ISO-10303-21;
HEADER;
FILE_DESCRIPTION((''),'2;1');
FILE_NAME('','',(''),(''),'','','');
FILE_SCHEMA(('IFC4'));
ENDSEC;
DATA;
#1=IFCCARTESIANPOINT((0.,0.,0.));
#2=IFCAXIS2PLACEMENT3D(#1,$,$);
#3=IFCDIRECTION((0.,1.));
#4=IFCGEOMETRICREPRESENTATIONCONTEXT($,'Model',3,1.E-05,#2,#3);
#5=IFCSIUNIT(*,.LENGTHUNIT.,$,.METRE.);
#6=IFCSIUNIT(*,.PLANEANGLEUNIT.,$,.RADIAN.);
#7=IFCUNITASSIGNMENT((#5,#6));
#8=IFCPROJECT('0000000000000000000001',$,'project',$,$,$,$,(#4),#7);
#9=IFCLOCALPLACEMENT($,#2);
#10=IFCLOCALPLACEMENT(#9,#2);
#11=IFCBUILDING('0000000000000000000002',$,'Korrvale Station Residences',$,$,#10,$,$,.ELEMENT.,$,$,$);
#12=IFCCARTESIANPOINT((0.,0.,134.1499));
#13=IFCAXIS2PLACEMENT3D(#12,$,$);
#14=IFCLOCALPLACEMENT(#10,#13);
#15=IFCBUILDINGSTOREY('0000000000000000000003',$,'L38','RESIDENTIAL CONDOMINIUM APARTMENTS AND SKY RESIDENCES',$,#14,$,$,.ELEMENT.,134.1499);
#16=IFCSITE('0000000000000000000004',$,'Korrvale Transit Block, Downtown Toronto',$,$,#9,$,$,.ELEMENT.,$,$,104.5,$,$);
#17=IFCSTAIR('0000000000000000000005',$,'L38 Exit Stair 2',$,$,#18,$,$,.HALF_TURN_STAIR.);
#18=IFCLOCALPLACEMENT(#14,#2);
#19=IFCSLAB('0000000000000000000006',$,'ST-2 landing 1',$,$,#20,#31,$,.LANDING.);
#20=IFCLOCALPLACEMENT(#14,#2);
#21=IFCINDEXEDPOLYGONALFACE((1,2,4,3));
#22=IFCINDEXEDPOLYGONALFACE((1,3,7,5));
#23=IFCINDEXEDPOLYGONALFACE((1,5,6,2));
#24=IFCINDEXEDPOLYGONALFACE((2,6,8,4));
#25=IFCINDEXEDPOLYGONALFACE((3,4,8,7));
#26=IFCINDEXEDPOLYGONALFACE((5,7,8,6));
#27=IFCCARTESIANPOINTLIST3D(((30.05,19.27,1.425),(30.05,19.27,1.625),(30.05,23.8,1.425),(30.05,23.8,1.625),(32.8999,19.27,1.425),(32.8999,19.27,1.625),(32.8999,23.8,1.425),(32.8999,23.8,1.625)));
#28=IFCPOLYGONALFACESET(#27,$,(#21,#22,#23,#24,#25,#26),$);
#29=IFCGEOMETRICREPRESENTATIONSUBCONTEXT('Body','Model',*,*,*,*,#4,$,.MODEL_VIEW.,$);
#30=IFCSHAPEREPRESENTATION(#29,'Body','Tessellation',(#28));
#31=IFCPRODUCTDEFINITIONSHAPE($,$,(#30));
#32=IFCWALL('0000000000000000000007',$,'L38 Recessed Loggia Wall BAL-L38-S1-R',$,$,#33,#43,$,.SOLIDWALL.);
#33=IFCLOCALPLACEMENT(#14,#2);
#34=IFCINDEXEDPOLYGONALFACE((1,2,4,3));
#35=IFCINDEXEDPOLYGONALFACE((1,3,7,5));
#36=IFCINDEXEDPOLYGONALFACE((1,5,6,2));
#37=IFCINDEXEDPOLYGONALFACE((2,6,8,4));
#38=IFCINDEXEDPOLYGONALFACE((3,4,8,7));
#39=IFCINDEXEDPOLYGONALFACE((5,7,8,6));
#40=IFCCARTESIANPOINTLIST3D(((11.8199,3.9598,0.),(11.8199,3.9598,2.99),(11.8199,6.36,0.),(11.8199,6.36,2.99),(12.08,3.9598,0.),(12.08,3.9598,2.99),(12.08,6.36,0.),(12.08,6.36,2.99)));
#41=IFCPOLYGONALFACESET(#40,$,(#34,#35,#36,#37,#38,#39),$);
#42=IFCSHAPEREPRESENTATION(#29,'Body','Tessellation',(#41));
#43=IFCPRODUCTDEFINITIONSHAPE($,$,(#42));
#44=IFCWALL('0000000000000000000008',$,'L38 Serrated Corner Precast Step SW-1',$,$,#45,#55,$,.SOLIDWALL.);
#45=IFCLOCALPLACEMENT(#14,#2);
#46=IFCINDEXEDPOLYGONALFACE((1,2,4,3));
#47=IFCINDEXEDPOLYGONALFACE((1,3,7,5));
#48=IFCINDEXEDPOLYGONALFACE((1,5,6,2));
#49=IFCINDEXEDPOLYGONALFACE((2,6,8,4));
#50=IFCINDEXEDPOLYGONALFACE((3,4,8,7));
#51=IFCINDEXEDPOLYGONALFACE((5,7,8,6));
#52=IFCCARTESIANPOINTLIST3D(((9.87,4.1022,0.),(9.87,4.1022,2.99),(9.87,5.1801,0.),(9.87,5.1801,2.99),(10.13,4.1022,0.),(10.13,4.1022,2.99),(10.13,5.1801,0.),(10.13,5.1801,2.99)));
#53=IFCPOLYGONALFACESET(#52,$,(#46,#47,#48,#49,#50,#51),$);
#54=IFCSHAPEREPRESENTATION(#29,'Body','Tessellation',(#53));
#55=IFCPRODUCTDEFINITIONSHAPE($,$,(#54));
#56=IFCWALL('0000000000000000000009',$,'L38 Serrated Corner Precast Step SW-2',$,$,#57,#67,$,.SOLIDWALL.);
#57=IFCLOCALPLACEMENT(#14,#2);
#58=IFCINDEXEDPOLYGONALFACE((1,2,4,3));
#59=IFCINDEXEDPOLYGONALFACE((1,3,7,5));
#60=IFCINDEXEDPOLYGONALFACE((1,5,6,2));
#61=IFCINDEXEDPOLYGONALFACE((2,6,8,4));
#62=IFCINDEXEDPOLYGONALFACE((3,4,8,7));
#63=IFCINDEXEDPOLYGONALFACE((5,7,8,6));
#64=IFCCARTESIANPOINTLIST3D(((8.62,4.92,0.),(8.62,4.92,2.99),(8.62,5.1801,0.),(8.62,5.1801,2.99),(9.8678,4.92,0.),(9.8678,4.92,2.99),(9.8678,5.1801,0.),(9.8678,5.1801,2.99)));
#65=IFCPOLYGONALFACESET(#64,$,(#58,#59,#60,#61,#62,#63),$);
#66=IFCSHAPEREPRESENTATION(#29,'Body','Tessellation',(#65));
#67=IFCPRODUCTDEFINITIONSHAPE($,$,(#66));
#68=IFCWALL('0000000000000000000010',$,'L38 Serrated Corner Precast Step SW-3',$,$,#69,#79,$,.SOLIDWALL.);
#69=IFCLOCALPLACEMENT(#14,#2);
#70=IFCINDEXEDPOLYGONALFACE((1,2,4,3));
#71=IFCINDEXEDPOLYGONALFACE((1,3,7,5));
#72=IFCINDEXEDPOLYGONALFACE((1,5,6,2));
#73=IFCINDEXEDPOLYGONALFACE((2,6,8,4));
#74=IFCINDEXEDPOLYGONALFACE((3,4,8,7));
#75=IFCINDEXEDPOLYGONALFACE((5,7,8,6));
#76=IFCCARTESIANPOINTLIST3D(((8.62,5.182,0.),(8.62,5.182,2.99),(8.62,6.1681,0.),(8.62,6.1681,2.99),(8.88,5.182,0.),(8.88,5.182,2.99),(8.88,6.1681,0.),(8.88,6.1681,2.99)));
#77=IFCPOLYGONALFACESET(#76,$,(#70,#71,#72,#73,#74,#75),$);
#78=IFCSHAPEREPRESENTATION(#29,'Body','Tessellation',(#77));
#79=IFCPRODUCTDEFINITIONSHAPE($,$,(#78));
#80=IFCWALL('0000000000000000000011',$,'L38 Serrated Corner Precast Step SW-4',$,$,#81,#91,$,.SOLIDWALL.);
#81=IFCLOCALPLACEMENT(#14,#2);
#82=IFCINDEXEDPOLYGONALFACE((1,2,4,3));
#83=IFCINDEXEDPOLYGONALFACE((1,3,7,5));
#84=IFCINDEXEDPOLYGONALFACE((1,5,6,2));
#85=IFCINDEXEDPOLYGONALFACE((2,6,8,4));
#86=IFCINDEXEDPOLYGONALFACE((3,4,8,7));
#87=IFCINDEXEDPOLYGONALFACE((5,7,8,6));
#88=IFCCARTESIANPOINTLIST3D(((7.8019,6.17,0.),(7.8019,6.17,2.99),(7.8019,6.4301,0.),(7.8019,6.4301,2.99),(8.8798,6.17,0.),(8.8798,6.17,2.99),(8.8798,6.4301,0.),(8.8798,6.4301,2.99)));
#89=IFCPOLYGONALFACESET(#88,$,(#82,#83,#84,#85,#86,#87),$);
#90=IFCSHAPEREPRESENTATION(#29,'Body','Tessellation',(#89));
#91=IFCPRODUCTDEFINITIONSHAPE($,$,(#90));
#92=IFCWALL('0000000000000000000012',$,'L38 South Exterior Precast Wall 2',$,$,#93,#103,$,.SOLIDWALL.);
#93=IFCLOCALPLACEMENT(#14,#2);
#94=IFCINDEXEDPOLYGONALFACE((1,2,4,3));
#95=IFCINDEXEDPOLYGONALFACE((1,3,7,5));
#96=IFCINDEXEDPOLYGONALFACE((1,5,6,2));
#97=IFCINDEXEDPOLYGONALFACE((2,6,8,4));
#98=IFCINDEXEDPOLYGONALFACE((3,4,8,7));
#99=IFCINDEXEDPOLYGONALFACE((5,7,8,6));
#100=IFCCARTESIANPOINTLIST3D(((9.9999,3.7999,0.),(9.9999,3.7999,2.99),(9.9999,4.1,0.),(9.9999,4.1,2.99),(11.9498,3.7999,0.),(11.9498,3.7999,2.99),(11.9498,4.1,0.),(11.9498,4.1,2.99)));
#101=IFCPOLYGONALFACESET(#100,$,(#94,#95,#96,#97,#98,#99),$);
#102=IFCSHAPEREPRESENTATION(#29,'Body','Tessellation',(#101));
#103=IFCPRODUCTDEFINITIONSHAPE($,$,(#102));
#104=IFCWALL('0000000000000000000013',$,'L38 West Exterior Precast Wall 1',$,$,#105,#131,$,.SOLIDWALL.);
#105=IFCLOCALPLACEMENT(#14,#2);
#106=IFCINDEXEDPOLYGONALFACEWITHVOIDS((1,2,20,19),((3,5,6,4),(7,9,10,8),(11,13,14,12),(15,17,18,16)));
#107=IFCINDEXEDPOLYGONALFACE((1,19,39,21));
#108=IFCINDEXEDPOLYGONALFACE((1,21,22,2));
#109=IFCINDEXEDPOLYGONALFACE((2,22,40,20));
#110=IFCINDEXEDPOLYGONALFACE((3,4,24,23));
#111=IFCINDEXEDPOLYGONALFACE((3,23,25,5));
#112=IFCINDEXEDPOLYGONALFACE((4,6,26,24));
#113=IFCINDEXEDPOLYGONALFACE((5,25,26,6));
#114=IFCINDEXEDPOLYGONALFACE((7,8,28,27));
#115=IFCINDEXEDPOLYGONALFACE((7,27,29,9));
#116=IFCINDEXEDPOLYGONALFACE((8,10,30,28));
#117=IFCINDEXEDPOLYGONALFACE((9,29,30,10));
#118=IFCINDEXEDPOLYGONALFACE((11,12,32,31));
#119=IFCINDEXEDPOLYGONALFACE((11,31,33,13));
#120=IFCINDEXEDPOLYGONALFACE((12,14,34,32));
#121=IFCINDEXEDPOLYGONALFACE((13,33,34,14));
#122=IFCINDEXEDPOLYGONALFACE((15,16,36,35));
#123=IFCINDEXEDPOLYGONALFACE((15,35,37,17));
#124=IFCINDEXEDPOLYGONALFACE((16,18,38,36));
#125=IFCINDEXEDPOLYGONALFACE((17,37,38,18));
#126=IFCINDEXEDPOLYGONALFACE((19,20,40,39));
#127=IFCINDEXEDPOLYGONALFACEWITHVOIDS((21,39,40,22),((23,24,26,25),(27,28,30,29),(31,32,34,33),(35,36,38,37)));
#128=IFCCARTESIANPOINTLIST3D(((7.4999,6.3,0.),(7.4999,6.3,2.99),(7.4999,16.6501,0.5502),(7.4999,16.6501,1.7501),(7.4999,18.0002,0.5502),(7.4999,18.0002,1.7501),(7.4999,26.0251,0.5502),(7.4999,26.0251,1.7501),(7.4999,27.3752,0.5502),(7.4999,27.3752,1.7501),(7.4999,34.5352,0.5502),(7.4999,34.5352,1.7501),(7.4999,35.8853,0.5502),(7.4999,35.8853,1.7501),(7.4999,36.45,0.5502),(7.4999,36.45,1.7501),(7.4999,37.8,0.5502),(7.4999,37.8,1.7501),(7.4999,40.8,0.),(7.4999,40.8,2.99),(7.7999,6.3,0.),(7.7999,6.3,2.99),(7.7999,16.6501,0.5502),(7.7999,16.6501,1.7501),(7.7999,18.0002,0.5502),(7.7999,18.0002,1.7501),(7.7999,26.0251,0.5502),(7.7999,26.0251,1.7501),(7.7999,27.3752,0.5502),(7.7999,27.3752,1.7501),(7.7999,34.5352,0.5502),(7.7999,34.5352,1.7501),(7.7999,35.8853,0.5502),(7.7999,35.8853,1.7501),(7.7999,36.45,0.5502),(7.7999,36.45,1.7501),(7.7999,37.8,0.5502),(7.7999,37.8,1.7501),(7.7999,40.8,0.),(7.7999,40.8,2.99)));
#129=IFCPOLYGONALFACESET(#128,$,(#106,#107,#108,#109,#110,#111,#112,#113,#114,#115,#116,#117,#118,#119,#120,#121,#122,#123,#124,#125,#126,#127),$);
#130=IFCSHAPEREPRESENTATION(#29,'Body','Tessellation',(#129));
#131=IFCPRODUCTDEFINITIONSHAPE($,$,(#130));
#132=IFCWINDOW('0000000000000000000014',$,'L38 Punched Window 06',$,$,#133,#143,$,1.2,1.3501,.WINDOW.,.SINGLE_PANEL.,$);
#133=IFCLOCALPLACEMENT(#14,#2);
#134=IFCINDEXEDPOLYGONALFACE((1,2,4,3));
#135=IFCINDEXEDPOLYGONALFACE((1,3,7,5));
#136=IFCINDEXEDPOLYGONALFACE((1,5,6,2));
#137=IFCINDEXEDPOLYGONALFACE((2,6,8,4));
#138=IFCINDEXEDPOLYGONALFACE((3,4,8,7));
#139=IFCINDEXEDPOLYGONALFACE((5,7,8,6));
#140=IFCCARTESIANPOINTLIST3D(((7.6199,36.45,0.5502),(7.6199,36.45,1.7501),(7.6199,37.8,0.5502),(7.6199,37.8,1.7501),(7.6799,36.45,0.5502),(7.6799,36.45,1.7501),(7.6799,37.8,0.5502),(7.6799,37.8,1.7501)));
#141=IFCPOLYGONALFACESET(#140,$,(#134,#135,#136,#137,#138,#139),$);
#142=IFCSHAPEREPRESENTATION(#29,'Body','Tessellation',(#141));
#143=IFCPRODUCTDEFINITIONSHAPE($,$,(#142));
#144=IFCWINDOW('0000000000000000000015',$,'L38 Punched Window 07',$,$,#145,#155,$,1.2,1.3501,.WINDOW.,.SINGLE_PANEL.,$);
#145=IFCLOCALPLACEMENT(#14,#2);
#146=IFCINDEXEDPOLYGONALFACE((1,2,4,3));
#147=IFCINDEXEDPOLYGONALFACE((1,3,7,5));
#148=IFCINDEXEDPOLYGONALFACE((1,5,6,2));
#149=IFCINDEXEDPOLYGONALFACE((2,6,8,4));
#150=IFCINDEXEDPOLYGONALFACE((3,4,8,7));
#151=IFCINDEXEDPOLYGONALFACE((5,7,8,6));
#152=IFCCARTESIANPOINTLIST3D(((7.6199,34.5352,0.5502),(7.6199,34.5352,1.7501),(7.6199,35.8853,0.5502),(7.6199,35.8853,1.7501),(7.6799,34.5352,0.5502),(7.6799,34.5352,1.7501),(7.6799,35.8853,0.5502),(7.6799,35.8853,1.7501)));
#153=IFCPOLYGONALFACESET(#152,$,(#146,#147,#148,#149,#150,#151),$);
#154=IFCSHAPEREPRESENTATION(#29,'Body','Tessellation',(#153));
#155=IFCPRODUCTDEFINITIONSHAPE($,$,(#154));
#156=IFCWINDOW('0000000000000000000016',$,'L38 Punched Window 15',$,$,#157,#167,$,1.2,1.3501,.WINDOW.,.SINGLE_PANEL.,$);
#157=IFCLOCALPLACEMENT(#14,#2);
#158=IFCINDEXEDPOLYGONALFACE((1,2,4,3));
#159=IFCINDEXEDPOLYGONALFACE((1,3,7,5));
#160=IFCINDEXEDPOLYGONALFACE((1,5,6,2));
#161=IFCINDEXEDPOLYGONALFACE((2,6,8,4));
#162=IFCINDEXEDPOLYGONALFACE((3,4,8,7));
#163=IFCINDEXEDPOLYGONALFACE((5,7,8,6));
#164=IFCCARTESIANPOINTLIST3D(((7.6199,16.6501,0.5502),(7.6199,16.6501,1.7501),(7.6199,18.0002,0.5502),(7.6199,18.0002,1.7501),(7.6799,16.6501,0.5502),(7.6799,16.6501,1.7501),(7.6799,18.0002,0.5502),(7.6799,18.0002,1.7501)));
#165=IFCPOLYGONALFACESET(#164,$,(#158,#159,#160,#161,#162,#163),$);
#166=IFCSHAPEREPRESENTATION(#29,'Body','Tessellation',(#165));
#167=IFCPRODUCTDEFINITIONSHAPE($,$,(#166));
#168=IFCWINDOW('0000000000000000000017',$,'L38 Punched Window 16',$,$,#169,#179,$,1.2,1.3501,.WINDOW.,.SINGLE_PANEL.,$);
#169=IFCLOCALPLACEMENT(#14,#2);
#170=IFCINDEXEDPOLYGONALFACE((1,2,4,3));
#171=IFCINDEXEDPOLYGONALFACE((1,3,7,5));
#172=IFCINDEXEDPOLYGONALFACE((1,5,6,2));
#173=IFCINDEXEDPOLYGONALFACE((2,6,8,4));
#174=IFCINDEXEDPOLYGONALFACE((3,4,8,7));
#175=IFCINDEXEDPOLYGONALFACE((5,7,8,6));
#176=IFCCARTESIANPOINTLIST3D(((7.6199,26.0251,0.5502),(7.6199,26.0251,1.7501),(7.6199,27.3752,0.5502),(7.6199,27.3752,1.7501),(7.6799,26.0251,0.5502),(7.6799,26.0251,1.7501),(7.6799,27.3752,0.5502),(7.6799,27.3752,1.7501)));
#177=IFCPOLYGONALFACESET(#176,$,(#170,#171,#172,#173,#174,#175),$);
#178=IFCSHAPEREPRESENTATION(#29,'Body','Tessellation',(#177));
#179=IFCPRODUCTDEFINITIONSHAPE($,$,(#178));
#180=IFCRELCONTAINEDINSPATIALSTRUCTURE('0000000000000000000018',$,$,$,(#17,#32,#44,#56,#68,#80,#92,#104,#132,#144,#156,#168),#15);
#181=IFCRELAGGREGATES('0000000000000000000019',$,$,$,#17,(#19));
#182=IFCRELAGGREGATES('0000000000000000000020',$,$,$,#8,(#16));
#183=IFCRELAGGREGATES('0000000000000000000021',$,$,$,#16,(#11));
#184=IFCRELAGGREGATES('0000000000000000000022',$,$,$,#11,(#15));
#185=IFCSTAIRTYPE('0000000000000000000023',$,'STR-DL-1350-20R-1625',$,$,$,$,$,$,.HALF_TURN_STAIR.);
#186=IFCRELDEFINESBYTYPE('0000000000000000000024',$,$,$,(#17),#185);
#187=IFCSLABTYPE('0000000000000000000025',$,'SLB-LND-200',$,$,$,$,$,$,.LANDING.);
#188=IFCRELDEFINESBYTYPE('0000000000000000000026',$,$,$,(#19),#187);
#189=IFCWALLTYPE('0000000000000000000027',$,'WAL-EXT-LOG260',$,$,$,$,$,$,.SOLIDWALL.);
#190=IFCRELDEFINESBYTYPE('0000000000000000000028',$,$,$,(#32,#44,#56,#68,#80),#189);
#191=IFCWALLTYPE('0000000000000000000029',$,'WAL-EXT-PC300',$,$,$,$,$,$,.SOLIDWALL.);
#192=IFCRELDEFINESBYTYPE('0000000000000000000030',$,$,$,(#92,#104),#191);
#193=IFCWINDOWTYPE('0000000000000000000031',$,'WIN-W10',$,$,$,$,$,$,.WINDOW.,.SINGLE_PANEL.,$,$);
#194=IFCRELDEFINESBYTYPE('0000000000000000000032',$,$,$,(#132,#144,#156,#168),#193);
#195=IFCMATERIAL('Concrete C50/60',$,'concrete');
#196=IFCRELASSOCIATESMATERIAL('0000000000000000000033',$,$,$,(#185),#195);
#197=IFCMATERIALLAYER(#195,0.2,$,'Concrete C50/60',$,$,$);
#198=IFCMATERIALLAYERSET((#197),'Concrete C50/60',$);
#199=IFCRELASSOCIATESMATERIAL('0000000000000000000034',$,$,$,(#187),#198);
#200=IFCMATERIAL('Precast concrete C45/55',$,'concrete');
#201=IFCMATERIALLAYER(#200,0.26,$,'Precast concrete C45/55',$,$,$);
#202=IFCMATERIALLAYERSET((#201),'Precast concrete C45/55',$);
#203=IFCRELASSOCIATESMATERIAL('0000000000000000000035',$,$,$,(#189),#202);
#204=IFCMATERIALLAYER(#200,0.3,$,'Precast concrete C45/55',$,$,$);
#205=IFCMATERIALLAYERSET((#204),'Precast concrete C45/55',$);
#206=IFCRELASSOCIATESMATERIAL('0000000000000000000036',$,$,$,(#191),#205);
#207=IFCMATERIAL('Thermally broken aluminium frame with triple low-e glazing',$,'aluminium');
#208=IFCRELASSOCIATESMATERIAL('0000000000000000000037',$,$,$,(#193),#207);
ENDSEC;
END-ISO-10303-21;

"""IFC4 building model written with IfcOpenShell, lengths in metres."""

from ifc_helpers import new_model, si_unit, direction, frame, frame_2d, origin, place, context, subcontext, project, spatial, polyline, rectangle, outline, extrude, material, layer, layer_set, type_object, element, fill, aggregate, save


model = new_model("IFC4")

# Units and contexts
model_context = context("Model", 3, precision=1e-05, world=origin(), true_north=direction((0.0, 1.0)))
body_context = subcontext(model_context, "Body", "Model", "MODEL_VIEW")
ifc_project = project(units=[si_unit("LENGTHUNIT", "METRE"), si_unit("PLANEANGLEUNIT", "RADIAN")], contexts=[model_context])

# Site, building, storey
site_placement = place(None, origin())
site = spatial("IfcSite", under=ifc_project, at=site_placement, Name="Korrvale Transit Block, Downtown Toronto", CompositionType="ELEMENT", RefElevation=104.5)
building_placement = place(site_placement, origin())
building = spatial("IfcBuilding", under=site, at=building_placement, Name="Korrvale Station Residences", CompositionType="ELEMENT")
storey_placement = place(building_placement, frame((0.0, 0.0, 134.1499)))
storey = spatial("IfcBuildingStorey", under=building, at=storey_placement, Name="L38", Description="RESIDENTIAL CONDOMINIUM APARTMENTS AND SKY RESIDENCES", CompositionType="ELEMENT", Elevation=134.1499)

# Shared definitions
ifc_material_1 = material(Name="Concrete C50/60", Category="concrete")

# Stair, slab
stair_type = type_object("IfcStairType", Name="STR-DL-1350-20R-1625", PredefinedType="HALF_TURN_STAIR", material=ifc_material_1)
ifc_layer_1 = layer(ifc_material_1, 0.2, Name="Concrete C50/60")
ifc_layer_set_1 = layer_set([ifc_layer_1], Name="Concrete C50/60")
slab_type_1 = type_object("IfcSlabType", Name="SLB-LND-200", PredefinedType="LANDING", material=ifc_layer_set_1)
stair_1_placement = place(storey_placement, origin())
stair_1 = element("IfcStair", 1, at=stair_1_placement, inside=storey, type_object=stair_type, Name="L38 Exit Stair 2", PredefinedType="HALF_TURN_STAIR")
slab_1_placement = place(storey_placement, frame((0.0, 0.0, 1.425)))
slab_1 = element("IfcSlab", 2, at=slab_1_placement, type_object=slab_type_1, Name="ST-2 landing 1", PredefinedType="LANDING", context=body_context, shape_type="SweptSolid", body=[
    extrude(outline(polyline([(32.8999, 19.27), (32.8999, 23.8), (30.05, 23.8), (30.05, 19.27), (32.8999, 19.27)])), origin(), (0.0, 0.0, 1.0), 0.2),
])
aggregate(stair_1, [slab_1])

# Walls
ifc_material_2 = material(Name="Precast concrete C45/55", Category="concrete")
ifc_layer_2 = layer(ifc_material_2, 0.26, Name="Precast concrete C45/55")
ifc_layer_set_2 = layer_set([ifc_layer_2], Name="Precast concrete C45/55")
wall_type_1 = type_object("IfcWallType", Name="WAL-EXT-LOG260", PredefinedType="SOLIDWALL", material=ifc_layer_set_2)
wall_1_placement = place(storey_placement, frame((11.95, 6.3601, 0.0), z_axis=(0.0, 0.0, 1.0), x_axis=(0.0, -1.0, 0.0)))
element("IfcWall", 3, at=wall_1_placement, inside=storey, type_object=wall_type_1, Name="L38 Recessed Loggia Wall BAL-L38-S1-R", PredefinedType="SOLIDWALL", context=body_context, shape_type="SweptSolid", body=[
    extrude(rectangle(XDim=2.4001, YDim=0.26, at=frame_2d((1.2002, 0.0))), origin(), (0.0, 0.0, 1.0), 2.99),
])
wall_2_placement = place(storey_placement, frame((10.0, 4.1021, 0.0), z_axis=(0.0, 0.0, 1.0), x_axis=(0.0, 1.0, 0.0)))
element("IfcWall", 4, at=wall_2_placement, inside=storey, type_object=wall_type_1, Name="L38 Serrated Corner Precast Step SW-1", PredefinedType="SOLIDWALL", context=body_context, shape_type="SweptSolid", body=[
    extrude(rectangle(XDim=1.0779, YDim=0.26, at=frame_2d((0.5391, 0.0))), origin(), (0.0, 0.0, 1.0), 2.99),
])
wall_3_placement = place(storey_placement, frame((9.8679, 5.05, 0.0), z_axis=(0.0, 0.0, 1.0), x_axis=(-1.0, 0.0, 0.0)))
element("IfcWall", 5, at=wall_3_placement, inside=storey, type_object=wall_type_1, Name="L38 Serrated Corner Precast Step SW-2", PredefinedType="SOLIDWALL", context=body_context, shape_type="SweptSolid", body=[
    extrude(rectangle(XDim=1.2478, YDim=0.26, at=frame_2d((0.624, 0.0))), origin(), (0.0, 0.0, 1.0), 2.99),
])
wall_4_placement = place(storey_placement, frame((8.75, 5.1819, 0.0), z_axis=(0.0, 0.0, 1.0), x_axis=(0.0, 1.0, 0.0)))
element("IfcWall", 6, at=wall_4_placement, inside=storey, type_object=wall_type_1, Name="L38 Serrated Corner Precast Step SW-3", PredefinedType="SOLIDWALL", context=body_context, shape_type="SweptSolid", body=[
    extrude(rectangle(XDim=0.9861, YDim=0.26, at=frame_2d((0.4932, 0.0))), origin(), (0.0, 0.0, 1.0), 2.99),
])
wall_5_placement = place(storey_placement, frame((8.8799, 6.3, 0.0), z_axis=(0.0, 0.0, 1.0), x_axis=(-1.0, 0.0, 0.0)))
element("IfcWall", 7, at=wall_5_placement, inside=storey, type_object=wall_type_1, Name="L38 Serrated Corner Precast Step SW-4", PredefinedType="SOLIDWALL", context=body_context, shape_type="SweptSolid", body=[
    extrude(rectangle(XDim=1.0779, YDim=0.26, at=frame_2d((0.5391, 0.0))), origin(), (0.0, 0.0, 1.0), 2.99),
])
ifc_layer_3 = layer(ifc_material_2, 0.3, Name="Precast concrete C45/55")
ifc_layer_set_3 = layer_set([ifc_layer_3], Name="Precast concrete C45/55")
wall_type_2 = type_object("IfcWallType", Name="WAL-EXT-PC300", PredefinedType="SOLIDWALL", material=ifc_layer_set_3)
wall_6_placement = place(storey_placement, frame((11.95, 3.95, 0.0), z_axis=(0.0, 0.0, 1.0), x_axis=(-1.0, 0.0, 0.0)))
element("IfcWall", 8, at=wall_6_placement, inside=storey, type_object=wall_type_2, Name="L38 South Exterior Precast Wall 2", PredefinedType="SOLIDWALL", context=body_context, shape_type="SweptSolid", body=[
    extrude(rectangle(XDim=1.95, YDim=0.3, at=frame_2d((0.9751, 0.0))), origin(), (0.0, 0.0, 1.0), 2.99),
])

# Wall, openings, windows
wall_7_placement = place(storey_placement, frame((7.6499, 6.3, 0.0), z_axis=(0.0, 0.0, 1.0), x_axis=(0.0, 1.0, 0.0)))
wall_7 = element("IfcWall", 9, at=wall_7_placement, inside=storey, type_object=wall_type_2, Name="L38 West Exterior Precast Wall 1", PredefinedType="SOLIDWALL", context=body_context, shape_type="SweptSolid", body=[
    extrude(rectangle(XDim=34.5, YDim=0.3, at=frame_2d((17.25, 0.0))), origin(), (0.0, 0.0, 1.0), 2.99),
])
opening_1_placement = place(wall_7_placement, frame((30.1499, 0.0, 0.55)))
opening_1 = element("IfcOpeningElement", 10, at=opening_1_placement, cuts=wall_7, PredefinedType="OPENING", context=body_context, shape_type="SweptSolid", body=[
    extrude(rectangle(XDim=1.3501, YDim=1.2, at=frame_2d((0.675, 0.6001))), frame((0.0, 0.1602, 0.0), z_axis=(0.0, -1.0, 0.0), x_axis=(1.0, 0.0, 0.0)), (0.0, 0.0, 1.0), 0.3201),
])
opening_2_placement = place(wall_7_placement, frame((28.2351, 0.0, 0.55)))
opening_2 = element("IfcOpeningElement", 11, at=opening_2_placement, cuts=wall_7, PredefinedType="OPENING", context=body_context, shape_type="SweptSolid", body=[
    extrude(rectangle(XDim=1.3501, YDim=1.2, at=frame_2d((0.675, 0.6001))), frame((0.0, 0.1602, 0.0), z_axis=(0.0, -1.0, 0.0), x_axis=(1.0, 0.0, 0.0)), (0.0, 0.0, 1.0), 0.3201),
])
opening_3_placement = place(wall_7_placement, frame((10.3501, 0.0, 0.55)))
opening_3 = element("IfcOpeningElement", 12, at=opening_3_placement, cuts=wall_7, PredefinedType="OPENING", context=body_context, shape_type="SweptSolid", body=[
    extrude(rectangle(XDim=1.3501, YDim=1.2, at=frame_2d((0.675, 0.6001))), frame((0.0, 0.1602, 0.0), z_axis=(0.0, -1.0, 0.0), x_axis=(1.0, 0.0, 0.0)), (0.0, 0.0, 1.0), 0.3201),
])
opening_4_placement = place(wall_7_placement, frame((19.7251, 0.0, 0.55)))
opening_4 = element("IfcOpeningElement", 13, at=opening_4_placement, cuts=wall_7, PredefinedType="OPENING", context=body_context, shape_type="SweptSolid", body=[
    extrude(rectangle(XDim=1.3501, YDim=1.2, at=frame_2d((0.675, 0.6001))), frame((0.0, 0.1602, 0.0), z_axis=(0.0, -1.0, 0.0), x_axis=(1.0, 0.0, 0.0)), (0.0, 0.0, 1.0), 0.3201),
])
ifc_material_3 = material(Name="Thermally broken aluminium frame with triple low-e glazing", Category="aluminium")
window_type = type_object("IfcWindowType", Name="WIN-W10", PartitioningType="SINGLE_PANEL", PredefinedType="WINDOW", material=ifc_material_3)
window_1_placement = place(opening_1_placement, origin())
window_1 = element("IfcWindow", 14, at=window_1_placement, inside=storey, type_object=window_type, Name="L38 Punched Window 06", OverallHeight=1.2, OverallWidth=1.3501, PartitioningType="SINGLE_PANEL", PredefinedType="WINDOW", context=body_context, shape_type="SweptSolid", body=[
    extrude(rectangle(XDim=1.3501, YDim=1.2, at=frame_2d((0.675, 0.6001))), frame((0.0, 0.03, 0.0), z_axis=(0.0, -1.0, 0.0), x_axis=(1.0, 0.0, 0.0)), (0.0, 0.0, 1.0), 0.0601),
])
fill(opening_1, window_1)
window_2_placement = place(opening_2_placement, origin())
window_2 = element("IfcWindow", 15, at=window_2_placement, inside=storey, type_object=window_type, Name="L38 Punched Window 07", OverallHeight=1.2, OverallWidth=1.3501, PartitioningType="SINGLE_PANEL", PredefinedType="WINDOW", context=body_context, shape_type="SweptSolid", body=[
    extrude(rectangle(XDim=1.3501, YDim=1.2, at=frame_2d((0.675, 0.6001))), frame((0.0, 0.03, 0.0), z_axis=(0.0, -1.0, 0.0), x_axis=(1.0, 0.0, 0.0)), (0.0, 0.0, 1.0), 0.0601),
])
fill(opening_2, window_2)
window_3_placement = place(opening_3_placement, origin())
window_3 = element("IfcWindow", 16, at=window_3_placement, inside=storey, type_object=window_type, Name="L38 Punched Window 15", OverallHeight=1.2, OverallWidth=1.3501, PartitioningType="SINGLE_PANEL", PredefinedType="WINDOW", context=body_context, shape_type="SweptSolid", body=[
    extrude(rectangle(XDim=1.3501, YDim=1.2, at=frame_2d((0.675, 0.6001))), frame((0.0, 0.03, 0.0), z_axis=(0.0, -1.0, 0.0), x_axis=(1.0, 0.0, 0.0)), (0.0, 0.0, 1.0), 0.0601),
])
fill(opening_3, window_3)
window_4_placement = place(opening_4_placement, origin())
window_4 = element("IfcWindow", 17, at=window_4_placement, inside=storey, type_object=window_type, Name="L38 Punched Window 16", OverallHeight=1.2, OverallWidth=1.3501, PartitioningType="SINGLE_PANEL", PredefinedType="WINDOW", context=body_context, shape_type="SweptSolid", body=[
    extrude(rectangle(XDim=1.3501, YDim=1.2, at=frame_2d((0.675, 0.6001))), frame((0.0, 0.03, 0.0), z_axis=(0.0, -1.0, 0.0), x_axis=(1.0, 0.0, 0.0)), (0.0, 0.0, 1.0), 0.0601),
])
fill(opening_4, window_4)

save(model, "model.ifc")
